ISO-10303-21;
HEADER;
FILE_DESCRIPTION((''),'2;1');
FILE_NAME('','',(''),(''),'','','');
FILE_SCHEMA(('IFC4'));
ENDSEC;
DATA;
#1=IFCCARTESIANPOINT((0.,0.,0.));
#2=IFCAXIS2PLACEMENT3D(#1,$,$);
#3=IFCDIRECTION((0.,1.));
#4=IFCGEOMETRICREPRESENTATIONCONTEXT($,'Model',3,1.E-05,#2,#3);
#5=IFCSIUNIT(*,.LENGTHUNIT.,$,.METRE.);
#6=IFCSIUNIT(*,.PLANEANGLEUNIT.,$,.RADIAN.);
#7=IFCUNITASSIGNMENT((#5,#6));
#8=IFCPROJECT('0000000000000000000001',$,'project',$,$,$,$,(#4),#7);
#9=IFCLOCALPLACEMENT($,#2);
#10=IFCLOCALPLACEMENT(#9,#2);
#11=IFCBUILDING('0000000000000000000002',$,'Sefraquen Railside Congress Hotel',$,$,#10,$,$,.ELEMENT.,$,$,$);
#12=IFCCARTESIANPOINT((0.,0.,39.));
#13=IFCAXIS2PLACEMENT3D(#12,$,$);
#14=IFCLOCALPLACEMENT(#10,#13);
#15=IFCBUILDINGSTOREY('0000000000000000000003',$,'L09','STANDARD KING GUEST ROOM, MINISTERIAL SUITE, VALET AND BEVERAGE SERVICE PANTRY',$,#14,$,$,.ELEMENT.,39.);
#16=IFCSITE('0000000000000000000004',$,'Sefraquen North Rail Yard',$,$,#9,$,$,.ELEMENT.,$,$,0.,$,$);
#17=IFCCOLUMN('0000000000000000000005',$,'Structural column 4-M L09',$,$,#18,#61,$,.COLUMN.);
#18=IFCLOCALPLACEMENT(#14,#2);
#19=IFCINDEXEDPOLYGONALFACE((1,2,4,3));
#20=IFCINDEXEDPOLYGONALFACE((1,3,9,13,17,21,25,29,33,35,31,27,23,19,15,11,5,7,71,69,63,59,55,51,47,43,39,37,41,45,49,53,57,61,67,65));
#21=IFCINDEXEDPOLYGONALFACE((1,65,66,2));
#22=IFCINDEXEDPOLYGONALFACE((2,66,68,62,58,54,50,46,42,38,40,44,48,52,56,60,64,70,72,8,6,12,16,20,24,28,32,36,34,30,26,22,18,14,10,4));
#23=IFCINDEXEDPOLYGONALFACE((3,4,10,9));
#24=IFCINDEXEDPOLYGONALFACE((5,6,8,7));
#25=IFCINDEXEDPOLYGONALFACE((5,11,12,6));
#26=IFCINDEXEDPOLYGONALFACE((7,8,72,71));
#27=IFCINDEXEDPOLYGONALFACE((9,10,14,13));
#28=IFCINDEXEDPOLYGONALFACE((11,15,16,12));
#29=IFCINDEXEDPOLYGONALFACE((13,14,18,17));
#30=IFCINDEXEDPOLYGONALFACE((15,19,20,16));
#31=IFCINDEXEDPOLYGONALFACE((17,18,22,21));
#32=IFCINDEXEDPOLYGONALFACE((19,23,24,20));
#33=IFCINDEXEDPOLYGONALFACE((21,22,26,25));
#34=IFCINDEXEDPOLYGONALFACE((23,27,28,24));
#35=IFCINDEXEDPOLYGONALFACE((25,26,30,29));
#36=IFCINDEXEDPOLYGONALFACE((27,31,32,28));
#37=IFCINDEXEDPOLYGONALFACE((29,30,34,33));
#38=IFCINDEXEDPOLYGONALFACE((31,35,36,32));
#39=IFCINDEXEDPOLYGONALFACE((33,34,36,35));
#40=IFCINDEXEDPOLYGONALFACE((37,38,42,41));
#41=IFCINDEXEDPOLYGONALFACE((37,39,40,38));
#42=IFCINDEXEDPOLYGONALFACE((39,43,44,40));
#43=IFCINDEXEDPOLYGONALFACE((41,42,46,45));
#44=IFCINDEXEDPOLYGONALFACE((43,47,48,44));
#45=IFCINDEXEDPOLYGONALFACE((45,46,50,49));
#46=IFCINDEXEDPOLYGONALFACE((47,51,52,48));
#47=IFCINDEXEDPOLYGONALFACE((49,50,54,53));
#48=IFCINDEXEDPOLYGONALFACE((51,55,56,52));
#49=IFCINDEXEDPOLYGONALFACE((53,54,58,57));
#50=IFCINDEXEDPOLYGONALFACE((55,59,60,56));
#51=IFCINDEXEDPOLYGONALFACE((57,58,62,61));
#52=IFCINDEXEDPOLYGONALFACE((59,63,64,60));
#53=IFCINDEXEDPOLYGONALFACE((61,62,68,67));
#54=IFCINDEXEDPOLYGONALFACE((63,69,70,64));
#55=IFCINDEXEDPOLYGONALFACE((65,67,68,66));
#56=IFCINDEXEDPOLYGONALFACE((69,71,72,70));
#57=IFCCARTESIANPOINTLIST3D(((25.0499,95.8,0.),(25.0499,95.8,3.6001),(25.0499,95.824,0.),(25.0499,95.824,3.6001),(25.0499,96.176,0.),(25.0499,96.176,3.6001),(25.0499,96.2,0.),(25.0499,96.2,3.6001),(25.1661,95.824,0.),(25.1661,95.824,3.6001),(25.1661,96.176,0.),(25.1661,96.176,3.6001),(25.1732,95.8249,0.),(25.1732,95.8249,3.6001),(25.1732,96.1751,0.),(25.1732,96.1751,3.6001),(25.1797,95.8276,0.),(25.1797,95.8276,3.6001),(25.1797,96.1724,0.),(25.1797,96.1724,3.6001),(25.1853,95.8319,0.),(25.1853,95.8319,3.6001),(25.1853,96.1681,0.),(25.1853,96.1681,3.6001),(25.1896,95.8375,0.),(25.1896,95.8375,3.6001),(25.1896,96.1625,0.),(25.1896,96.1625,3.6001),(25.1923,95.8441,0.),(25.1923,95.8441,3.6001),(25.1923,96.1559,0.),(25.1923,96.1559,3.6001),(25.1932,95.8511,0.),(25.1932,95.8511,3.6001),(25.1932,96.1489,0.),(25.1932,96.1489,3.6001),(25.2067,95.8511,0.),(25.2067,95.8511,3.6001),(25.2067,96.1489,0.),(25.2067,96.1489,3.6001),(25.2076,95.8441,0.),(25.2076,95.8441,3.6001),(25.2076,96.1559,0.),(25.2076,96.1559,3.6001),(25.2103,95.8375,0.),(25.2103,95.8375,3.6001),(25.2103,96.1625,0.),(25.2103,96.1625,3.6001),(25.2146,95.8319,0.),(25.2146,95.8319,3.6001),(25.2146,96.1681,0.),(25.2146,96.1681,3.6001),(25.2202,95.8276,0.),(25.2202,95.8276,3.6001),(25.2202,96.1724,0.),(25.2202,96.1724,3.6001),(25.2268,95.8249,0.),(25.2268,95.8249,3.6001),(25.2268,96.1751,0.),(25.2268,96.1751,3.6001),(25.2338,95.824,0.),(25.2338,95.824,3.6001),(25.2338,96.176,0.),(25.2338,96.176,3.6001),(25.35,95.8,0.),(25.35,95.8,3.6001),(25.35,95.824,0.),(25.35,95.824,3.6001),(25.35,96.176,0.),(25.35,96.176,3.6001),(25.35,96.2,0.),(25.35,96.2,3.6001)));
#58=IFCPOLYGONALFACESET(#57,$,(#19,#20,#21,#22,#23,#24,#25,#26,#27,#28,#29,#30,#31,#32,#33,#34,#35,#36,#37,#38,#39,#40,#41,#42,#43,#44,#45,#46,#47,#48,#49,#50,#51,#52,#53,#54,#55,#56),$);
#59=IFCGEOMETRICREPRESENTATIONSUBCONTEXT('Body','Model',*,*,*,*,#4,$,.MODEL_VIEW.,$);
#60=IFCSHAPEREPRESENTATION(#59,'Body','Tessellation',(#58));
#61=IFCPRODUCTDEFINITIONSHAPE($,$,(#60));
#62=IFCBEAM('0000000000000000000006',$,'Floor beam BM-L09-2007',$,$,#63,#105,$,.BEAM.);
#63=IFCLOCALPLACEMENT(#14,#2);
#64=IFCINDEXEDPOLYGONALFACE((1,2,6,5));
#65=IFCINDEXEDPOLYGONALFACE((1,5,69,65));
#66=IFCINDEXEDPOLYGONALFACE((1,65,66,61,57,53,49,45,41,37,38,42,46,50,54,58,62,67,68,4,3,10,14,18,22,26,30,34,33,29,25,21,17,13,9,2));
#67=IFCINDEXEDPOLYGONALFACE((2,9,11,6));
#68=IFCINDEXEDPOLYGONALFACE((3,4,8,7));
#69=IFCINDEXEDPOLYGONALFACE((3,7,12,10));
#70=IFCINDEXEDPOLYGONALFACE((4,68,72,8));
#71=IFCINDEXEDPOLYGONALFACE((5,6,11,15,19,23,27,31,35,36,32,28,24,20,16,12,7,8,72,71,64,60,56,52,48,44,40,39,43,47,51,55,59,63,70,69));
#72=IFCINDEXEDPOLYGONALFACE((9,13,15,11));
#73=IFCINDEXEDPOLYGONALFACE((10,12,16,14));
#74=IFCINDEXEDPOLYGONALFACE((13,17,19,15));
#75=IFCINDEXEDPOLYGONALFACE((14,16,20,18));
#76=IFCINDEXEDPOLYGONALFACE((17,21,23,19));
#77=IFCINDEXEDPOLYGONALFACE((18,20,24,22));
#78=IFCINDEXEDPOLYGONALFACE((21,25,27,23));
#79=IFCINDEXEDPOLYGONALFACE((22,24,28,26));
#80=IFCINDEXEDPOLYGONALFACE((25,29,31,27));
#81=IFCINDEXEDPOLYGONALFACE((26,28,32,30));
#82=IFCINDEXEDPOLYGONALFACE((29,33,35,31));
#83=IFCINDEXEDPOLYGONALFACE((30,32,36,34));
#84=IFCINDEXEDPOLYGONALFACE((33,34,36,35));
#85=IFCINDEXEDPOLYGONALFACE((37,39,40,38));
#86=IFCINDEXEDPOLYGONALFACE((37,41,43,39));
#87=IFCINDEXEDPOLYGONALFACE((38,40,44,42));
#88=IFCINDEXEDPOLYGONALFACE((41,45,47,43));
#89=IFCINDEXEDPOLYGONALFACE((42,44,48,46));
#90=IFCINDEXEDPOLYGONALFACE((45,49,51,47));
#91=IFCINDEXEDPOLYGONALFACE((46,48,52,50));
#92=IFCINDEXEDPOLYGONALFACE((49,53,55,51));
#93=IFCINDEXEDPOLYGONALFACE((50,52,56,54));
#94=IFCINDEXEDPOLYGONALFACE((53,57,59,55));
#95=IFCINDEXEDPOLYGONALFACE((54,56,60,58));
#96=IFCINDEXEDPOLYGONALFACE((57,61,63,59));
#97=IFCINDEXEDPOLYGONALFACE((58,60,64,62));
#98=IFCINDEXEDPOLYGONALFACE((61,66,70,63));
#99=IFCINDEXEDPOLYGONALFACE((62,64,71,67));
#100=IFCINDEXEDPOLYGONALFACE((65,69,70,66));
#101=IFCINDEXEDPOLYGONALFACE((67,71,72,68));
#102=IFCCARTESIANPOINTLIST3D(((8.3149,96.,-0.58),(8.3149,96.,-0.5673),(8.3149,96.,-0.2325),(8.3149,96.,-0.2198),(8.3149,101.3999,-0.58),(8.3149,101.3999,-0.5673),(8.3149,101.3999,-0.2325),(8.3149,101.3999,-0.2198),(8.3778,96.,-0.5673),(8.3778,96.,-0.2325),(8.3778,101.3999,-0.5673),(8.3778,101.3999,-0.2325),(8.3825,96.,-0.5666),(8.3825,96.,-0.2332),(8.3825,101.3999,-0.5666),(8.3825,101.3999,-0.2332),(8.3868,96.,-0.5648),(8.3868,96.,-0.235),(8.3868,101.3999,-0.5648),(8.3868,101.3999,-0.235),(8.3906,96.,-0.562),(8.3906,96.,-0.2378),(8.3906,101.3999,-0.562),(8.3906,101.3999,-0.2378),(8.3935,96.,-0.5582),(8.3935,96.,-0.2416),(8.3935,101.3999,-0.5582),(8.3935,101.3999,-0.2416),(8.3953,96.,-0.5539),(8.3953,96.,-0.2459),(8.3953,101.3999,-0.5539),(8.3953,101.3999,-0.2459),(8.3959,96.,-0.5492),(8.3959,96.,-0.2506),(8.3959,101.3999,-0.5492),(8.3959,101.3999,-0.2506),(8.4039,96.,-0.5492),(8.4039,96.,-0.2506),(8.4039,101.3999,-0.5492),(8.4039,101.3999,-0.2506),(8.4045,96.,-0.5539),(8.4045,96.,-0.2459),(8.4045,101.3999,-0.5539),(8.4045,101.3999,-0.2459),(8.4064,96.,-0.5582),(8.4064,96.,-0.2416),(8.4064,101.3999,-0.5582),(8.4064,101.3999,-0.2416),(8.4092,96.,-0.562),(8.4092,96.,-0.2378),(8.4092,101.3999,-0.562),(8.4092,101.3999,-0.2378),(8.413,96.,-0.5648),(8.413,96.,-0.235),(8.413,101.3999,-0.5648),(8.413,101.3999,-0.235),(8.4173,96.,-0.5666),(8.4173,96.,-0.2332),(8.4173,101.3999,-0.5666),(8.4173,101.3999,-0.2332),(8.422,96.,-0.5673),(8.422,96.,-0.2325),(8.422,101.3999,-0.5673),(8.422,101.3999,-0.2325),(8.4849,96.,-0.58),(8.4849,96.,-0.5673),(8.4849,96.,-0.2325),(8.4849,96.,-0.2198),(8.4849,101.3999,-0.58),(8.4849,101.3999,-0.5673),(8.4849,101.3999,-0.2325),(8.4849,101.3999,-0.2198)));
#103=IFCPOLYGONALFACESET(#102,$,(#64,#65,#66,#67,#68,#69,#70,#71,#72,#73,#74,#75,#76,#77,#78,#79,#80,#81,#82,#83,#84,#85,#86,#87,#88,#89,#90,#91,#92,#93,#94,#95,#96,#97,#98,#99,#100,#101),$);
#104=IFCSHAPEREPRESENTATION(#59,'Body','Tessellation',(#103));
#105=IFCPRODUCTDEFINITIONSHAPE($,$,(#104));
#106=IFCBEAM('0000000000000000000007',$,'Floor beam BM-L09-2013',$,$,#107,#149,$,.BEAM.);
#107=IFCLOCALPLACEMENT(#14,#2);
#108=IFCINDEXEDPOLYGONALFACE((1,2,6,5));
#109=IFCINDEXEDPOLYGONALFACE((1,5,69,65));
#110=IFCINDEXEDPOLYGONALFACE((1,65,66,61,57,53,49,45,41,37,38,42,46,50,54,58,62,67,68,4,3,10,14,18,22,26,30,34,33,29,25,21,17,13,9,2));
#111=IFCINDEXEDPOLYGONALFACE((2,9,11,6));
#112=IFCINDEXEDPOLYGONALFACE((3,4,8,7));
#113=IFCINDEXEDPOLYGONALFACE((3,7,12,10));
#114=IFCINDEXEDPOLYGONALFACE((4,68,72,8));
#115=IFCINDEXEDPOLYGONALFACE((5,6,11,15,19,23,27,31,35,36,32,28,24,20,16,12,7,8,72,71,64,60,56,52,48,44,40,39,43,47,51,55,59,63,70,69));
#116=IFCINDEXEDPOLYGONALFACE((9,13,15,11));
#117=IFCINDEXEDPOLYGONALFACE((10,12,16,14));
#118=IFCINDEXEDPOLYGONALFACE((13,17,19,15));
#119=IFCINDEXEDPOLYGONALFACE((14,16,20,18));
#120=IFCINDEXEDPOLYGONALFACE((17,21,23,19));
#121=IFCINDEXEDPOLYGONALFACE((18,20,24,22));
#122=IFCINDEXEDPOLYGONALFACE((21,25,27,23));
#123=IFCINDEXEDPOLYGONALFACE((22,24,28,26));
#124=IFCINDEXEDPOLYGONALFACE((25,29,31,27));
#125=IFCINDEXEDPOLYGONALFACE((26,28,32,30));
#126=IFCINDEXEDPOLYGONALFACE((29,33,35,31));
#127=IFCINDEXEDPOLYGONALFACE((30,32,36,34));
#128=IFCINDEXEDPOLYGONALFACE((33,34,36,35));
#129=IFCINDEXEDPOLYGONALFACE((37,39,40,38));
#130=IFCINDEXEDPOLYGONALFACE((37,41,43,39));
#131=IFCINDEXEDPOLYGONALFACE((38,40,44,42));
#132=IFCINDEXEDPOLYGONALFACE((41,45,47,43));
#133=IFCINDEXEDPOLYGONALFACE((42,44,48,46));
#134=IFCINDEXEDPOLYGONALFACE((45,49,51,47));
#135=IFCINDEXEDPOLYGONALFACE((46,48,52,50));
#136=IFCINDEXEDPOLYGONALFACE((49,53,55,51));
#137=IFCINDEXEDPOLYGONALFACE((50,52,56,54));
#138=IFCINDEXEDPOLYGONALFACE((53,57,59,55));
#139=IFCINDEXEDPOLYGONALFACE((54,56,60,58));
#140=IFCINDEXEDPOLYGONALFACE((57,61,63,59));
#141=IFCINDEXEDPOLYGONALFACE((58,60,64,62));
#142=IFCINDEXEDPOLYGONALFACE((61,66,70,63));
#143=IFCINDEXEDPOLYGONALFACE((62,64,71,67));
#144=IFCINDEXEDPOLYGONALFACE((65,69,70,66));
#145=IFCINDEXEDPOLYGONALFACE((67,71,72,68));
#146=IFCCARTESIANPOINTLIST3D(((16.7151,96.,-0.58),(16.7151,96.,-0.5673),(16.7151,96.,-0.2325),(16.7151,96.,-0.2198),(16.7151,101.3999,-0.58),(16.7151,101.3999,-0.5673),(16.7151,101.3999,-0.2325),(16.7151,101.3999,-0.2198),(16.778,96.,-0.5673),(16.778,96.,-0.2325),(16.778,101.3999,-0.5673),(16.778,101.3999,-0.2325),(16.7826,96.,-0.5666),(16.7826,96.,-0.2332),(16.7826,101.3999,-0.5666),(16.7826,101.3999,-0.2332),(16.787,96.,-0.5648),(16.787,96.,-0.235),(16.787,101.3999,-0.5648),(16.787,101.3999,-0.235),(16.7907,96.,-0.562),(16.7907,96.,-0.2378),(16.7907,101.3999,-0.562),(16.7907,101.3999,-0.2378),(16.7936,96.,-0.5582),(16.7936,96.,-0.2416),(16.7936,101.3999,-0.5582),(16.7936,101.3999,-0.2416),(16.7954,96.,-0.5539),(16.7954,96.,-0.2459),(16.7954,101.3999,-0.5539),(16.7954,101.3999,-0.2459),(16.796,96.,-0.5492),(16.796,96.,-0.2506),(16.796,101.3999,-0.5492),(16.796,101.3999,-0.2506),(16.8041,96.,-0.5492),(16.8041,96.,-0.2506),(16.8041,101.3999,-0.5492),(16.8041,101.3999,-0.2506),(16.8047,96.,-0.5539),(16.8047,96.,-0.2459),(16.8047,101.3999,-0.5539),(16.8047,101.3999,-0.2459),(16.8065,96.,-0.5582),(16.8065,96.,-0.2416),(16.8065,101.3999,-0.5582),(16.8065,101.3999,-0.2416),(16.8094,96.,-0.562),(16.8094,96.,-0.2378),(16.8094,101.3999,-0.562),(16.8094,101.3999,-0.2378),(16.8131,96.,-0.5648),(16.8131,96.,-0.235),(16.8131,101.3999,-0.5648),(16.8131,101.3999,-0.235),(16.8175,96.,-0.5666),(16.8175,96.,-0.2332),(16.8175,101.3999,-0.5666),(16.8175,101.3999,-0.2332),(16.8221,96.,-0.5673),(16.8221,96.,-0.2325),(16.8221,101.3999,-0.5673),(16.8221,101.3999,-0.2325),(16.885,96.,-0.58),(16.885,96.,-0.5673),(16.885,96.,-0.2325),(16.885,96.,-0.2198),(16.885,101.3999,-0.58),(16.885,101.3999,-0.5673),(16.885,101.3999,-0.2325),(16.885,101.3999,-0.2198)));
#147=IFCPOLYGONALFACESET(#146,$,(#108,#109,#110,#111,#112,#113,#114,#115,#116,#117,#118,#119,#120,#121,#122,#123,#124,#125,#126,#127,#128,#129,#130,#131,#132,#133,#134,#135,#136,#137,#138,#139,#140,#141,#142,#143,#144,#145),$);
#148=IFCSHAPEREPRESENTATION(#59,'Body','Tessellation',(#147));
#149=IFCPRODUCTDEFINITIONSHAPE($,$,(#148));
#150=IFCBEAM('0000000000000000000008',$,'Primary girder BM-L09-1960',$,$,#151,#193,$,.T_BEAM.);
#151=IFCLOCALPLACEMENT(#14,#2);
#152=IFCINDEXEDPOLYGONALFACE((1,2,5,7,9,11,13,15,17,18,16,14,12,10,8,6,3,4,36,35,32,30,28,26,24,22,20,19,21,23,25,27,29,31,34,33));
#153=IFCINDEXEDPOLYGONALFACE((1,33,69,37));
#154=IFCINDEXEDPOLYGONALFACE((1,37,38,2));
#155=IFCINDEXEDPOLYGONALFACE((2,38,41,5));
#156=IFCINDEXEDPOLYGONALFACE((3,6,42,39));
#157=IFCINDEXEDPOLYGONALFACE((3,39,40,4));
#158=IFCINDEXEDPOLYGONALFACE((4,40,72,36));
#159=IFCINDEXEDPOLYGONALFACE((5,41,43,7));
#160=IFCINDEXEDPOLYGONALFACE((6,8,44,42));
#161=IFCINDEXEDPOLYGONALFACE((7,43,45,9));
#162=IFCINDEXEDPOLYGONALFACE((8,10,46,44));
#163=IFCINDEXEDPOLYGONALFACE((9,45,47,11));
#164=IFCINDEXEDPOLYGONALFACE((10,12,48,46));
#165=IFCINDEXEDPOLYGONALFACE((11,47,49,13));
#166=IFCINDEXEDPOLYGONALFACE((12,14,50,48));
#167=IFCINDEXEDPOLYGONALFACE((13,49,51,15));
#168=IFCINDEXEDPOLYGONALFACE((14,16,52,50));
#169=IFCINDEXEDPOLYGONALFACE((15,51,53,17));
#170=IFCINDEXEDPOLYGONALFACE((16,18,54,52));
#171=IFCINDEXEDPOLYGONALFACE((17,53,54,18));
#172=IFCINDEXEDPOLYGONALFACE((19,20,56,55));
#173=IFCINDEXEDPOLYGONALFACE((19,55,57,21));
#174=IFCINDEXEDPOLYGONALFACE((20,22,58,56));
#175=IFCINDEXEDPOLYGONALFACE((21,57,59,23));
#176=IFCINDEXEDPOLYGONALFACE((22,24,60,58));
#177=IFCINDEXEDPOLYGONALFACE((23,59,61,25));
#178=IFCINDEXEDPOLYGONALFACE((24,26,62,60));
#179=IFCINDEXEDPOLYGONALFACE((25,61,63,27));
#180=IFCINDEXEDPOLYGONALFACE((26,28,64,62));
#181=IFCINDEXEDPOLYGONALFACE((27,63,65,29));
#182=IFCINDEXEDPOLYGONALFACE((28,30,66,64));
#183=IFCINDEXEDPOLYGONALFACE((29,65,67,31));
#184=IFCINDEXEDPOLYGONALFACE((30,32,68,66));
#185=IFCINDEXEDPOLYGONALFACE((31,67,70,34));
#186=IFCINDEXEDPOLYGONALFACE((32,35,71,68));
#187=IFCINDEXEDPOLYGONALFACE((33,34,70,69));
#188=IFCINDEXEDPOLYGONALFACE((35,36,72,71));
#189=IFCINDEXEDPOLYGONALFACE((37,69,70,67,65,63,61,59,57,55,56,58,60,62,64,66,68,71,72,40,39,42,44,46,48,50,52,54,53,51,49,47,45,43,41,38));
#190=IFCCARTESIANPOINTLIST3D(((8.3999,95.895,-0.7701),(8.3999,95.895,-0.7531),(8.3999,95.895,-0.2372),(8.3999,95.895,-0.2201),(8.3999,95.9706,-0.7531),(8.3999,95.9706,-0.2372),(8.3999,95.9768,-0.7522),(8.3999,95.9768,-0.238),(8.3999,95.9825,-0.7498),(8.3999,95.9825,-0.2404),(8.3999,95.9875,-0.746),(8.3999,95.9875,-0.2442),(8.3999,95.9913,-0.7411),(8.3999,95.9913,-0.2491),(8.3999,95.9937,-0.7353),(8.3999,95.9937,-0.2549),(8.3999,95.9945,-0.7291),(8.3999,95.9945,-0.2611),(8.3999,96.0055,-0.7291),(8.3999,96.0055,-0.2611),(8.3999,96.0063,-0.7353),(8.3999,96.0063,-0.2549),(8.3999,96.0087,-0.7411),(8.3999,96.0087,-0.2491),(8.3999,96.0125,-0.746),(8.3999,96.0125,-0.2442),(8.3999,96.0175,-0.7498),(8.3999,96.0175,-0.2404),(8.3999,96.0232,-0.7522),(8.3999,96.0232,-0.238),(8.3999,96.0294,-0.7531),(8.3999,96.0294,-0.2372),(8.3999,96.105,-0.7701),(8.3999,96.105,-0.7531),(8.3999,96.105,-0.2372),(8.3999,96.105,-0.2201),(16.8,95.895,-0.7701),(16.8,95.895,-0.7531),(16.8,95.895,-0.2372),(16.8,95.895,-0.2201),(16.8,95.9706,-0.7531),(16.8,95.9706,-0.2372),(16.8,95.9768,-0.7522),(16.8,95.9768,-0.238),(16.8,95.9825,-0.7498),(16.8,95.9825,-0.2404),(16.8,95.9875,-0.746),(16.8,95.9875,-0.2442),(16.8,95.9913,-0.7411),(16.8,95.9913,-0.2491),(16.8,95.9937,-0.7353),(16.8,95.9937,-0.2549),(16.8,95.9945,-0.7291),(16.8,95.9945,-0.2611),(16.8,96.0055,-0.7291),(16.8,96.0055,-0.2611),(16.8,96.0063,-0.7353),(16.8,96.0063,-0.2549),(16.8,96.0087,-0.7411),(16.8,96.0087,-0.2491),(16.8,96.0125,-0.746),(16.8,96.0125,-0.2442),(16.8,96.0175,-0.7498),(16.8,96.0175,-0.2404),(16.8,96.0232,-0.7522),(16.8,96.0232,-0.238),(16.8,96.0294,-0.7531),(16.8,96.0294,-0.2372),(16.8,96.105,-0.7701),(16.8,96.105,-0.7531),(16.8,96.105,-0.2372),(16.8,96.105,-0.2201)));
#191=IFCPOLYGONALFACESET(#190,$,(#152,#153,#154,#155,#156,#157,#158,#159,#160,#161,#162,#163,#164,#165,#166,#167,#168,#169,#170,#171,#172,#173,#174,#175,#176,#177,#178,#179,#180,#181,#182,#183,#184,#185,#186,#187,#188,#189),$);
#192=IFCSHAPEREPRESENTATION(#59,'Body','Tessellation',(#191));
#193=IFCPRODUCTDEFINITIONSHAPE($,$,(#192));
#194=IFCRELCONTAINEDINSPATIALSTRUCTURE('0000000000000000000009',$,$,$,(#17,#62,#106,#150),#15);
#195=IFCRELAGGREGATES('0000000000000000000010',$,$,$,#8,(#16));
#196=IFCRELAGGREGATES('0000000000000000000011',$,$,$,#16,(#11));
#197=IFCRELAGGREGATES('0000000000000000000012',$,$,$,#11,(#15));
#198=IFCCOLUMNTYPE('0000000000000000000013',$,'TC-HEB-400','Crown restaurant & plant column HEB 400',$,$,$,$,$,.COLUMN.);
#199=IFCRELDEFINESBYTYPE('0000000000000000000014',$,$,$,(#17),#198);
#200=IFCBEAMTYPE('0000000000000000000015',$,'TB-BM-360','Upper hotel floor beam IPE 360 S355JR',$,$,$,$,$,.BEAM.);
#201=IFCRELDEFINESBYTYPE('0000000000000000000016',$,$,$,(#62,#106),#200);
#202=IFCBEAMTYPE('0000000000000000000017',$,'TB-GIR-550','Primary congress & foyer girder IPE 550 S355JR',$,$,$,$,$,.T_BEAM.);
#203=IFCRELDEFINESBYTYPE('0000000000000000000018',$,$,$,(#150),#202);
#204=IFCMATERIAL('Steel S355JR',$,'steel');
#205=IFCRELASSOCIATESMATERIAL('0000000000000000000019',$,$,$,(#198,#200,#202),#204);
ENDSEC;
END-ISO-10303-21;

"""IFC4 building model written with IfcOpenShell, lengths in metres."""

from ifc_helpers import new_model, si_unit, direction, frame, origin, origin_2d, place, context, subcontext, project, spatial, i_section, extrude, material, material_profile, profile_set, type_object, element, save


model = new_model("IFC4")

# Units and contexts
model_context = context("Model", 3, precision=1e-05, world=origin(), true_north=direction((0.0, 1.0)))
body_context = subcontext(model_context, "Body", "Model", "MODEL_VIEW")
ifc_project = project(units=[si_unit("LENGTHUNIT", "METRE"), si_unit("PLANEANGLEUNIT", "RADIAN")], contexts=[model_context])

# Site, building, storey
site_placement = place(None, origin())
site = spatial("IfcSite", under=ifc_project, at=site_placement, Name="Sefraquen North Rail Yard", CompositionType="ELEMENT", RefElevation=0.0)
building_placement = place(site_placement, origin())
building = spatial("IfcBuilding", under=site, at=building_placement, Name="Sefraquen Railside Congress Hotel", CompositionType="ELEMENT")
storey_placement = place(building_placement, frame((0.0, 0.0, 39.0)))
storey = spatial("IfcBuildingStorey", under=building, at=storey_placement, Name="L09", Description="STANDARD KING GUEST ROOM, MINISTERIAL SUITE, VALET AND BEVERAGE SERVICE PANTRY", CompositionType="ELEMENT", Elevation=39.0)

# Column
ifc_material_1 = material(Name="Steel S355JR", Category="steel")
ifc_material_profile_1 = material_profile(ifc_material_1, i_section(OverallWidth=0.3, OverallDepth=0.3999, WebThickness=0.0134, FlangeThickness=0.0239, FilletRadius=0.0271, at=origin_2d()), Name="HEB 400")
ifc_profile_set_1 = profile_set([ifc_material_profile_1], Name="Steel S355JR")
column_type_1 = type_object("IfcColumnType", Name="TC-HEB-400", Description="Crown restaurant & plant column HEB 400", PredefinedType="COLUMN", material=ifc_profile_set_1)
for number, where, z_axis, x_axis, name in (
    (1, (25.2, 96.0, 0.0), (0.0, 0.0, 1.0), (1.0, 0.0, 0.0), "Structural column 4-M L09"),
):
    element("IfcColumn", number, at=place(storey_placement, frame(where, z_axis=z_axis, x_axis=x_axis)), inside=storey, type_object=column_type_1, Name=name, PredefinedType="COLUMN", context=body_context, shape_type="SweptSolid", body=[
        extrude(i_section(OverallWidth=0.3, OverallDepth=0.3999, WebThickness=0.0134, FlangeThickness=0.0239, FilletRadius=0.0271, at=origin_2d()), origin(), (0.0, 0.0, 1.0), 3.6001),
    ])

# Beams
ifc_material_profile_2 = material_profile(ifc_material_1, i_section(OverallWidth=0.1699, OverallDepth=0.3601, WebThickness=0.0081, FlangeThickness=0.0127, FilletRadius=0.0181, at=origin_2d()), Name="IPE 360")
ifc_profile_set_2 = profile_set([ifc_material_profile_2], Name="Steel S355JR")
beam_type_1 = type_object("IfcBeamType", Name="TB-BM-360", Description="Upper hotel floor beam IPE 360 S355JR", PredefinedType="BEAM", material=ifc_profile_set_2)
for number, where, z_axis, x_axis, name in (
    (2, (8.3999, 96.0, -0.3999), (0.0, 1.0, 0.0), (-1.0, 0.0, 0.0), "Floor beam BM-L09-2007"),
    (3, (16.8, 96.0, -0.3999), (0.0, 1.0, 0.0), (-1.0, 0.0, 0.0), "Floor beam BM-L09-2013"),
):
    element("IfcBeam", number, at=place(storey_placement, frame(where, z_axis=z_axis, x_axis=x_axis)), inside=storey, type_object=beam_type_1, Name=name, PredefinedType="BEAM", context=body_context, shape_type="SweptSolid", body=[
        extrude(i_section(OverallWidth=0.1699, OverallDepth=0.3601, WebThickness=0.0081, FlangeThickness=0.0127, FilletRadius=0.0181, at=origin_2d()), origin(), (0.0, 0.0, 1.0), 5.3999),
    ])
ifc_material_profile_3 = material_profile(ifc_material_1, i_section(OverallWidth=0.21, OverallDepth=0.55, WebThickness=0.011, FlangeThickness=0.0171, FilletRadius=0.0239, at=origin_2d()), Name="IPE 550")
ifc_profile_set_3 = profile_set([ifc_material_profile_3], Name="Steel S355JR")
beam_type_2 = type_object("IfcBeamType", Name="TB-GIR-550", Description="Primary congress & foyer girder IPE 550 S355JR", PredefinedType="T_BEAM", material=ifc_profile_set_3)
beam_1_placement = place(storey_placement, frame((8.3999, 96.0, -0.4951), z_axis=(1.0, 0.0, 0.0), x_axis=(0.0, 1.0, 0.0)))
element("IfcBeam", 4, at=beam_1_placement, inside=storey, type_object=beam_type_2, Name="Primary girder BM-L09-1960", PredefinedType="T_BEAM", context=body_context, shape_type="SweptSolid", body=[
    extrude(i_section(OverallWidth=0.21, OverallDepth=0.55, WebThickness=0.011, FlangeThickness=0.0171, FilletRadius=0.0239, at=origin_2d()), origin(), (0.0, 0.0, 1.0), 8.4001),
])

save(model, "model.ifc")
